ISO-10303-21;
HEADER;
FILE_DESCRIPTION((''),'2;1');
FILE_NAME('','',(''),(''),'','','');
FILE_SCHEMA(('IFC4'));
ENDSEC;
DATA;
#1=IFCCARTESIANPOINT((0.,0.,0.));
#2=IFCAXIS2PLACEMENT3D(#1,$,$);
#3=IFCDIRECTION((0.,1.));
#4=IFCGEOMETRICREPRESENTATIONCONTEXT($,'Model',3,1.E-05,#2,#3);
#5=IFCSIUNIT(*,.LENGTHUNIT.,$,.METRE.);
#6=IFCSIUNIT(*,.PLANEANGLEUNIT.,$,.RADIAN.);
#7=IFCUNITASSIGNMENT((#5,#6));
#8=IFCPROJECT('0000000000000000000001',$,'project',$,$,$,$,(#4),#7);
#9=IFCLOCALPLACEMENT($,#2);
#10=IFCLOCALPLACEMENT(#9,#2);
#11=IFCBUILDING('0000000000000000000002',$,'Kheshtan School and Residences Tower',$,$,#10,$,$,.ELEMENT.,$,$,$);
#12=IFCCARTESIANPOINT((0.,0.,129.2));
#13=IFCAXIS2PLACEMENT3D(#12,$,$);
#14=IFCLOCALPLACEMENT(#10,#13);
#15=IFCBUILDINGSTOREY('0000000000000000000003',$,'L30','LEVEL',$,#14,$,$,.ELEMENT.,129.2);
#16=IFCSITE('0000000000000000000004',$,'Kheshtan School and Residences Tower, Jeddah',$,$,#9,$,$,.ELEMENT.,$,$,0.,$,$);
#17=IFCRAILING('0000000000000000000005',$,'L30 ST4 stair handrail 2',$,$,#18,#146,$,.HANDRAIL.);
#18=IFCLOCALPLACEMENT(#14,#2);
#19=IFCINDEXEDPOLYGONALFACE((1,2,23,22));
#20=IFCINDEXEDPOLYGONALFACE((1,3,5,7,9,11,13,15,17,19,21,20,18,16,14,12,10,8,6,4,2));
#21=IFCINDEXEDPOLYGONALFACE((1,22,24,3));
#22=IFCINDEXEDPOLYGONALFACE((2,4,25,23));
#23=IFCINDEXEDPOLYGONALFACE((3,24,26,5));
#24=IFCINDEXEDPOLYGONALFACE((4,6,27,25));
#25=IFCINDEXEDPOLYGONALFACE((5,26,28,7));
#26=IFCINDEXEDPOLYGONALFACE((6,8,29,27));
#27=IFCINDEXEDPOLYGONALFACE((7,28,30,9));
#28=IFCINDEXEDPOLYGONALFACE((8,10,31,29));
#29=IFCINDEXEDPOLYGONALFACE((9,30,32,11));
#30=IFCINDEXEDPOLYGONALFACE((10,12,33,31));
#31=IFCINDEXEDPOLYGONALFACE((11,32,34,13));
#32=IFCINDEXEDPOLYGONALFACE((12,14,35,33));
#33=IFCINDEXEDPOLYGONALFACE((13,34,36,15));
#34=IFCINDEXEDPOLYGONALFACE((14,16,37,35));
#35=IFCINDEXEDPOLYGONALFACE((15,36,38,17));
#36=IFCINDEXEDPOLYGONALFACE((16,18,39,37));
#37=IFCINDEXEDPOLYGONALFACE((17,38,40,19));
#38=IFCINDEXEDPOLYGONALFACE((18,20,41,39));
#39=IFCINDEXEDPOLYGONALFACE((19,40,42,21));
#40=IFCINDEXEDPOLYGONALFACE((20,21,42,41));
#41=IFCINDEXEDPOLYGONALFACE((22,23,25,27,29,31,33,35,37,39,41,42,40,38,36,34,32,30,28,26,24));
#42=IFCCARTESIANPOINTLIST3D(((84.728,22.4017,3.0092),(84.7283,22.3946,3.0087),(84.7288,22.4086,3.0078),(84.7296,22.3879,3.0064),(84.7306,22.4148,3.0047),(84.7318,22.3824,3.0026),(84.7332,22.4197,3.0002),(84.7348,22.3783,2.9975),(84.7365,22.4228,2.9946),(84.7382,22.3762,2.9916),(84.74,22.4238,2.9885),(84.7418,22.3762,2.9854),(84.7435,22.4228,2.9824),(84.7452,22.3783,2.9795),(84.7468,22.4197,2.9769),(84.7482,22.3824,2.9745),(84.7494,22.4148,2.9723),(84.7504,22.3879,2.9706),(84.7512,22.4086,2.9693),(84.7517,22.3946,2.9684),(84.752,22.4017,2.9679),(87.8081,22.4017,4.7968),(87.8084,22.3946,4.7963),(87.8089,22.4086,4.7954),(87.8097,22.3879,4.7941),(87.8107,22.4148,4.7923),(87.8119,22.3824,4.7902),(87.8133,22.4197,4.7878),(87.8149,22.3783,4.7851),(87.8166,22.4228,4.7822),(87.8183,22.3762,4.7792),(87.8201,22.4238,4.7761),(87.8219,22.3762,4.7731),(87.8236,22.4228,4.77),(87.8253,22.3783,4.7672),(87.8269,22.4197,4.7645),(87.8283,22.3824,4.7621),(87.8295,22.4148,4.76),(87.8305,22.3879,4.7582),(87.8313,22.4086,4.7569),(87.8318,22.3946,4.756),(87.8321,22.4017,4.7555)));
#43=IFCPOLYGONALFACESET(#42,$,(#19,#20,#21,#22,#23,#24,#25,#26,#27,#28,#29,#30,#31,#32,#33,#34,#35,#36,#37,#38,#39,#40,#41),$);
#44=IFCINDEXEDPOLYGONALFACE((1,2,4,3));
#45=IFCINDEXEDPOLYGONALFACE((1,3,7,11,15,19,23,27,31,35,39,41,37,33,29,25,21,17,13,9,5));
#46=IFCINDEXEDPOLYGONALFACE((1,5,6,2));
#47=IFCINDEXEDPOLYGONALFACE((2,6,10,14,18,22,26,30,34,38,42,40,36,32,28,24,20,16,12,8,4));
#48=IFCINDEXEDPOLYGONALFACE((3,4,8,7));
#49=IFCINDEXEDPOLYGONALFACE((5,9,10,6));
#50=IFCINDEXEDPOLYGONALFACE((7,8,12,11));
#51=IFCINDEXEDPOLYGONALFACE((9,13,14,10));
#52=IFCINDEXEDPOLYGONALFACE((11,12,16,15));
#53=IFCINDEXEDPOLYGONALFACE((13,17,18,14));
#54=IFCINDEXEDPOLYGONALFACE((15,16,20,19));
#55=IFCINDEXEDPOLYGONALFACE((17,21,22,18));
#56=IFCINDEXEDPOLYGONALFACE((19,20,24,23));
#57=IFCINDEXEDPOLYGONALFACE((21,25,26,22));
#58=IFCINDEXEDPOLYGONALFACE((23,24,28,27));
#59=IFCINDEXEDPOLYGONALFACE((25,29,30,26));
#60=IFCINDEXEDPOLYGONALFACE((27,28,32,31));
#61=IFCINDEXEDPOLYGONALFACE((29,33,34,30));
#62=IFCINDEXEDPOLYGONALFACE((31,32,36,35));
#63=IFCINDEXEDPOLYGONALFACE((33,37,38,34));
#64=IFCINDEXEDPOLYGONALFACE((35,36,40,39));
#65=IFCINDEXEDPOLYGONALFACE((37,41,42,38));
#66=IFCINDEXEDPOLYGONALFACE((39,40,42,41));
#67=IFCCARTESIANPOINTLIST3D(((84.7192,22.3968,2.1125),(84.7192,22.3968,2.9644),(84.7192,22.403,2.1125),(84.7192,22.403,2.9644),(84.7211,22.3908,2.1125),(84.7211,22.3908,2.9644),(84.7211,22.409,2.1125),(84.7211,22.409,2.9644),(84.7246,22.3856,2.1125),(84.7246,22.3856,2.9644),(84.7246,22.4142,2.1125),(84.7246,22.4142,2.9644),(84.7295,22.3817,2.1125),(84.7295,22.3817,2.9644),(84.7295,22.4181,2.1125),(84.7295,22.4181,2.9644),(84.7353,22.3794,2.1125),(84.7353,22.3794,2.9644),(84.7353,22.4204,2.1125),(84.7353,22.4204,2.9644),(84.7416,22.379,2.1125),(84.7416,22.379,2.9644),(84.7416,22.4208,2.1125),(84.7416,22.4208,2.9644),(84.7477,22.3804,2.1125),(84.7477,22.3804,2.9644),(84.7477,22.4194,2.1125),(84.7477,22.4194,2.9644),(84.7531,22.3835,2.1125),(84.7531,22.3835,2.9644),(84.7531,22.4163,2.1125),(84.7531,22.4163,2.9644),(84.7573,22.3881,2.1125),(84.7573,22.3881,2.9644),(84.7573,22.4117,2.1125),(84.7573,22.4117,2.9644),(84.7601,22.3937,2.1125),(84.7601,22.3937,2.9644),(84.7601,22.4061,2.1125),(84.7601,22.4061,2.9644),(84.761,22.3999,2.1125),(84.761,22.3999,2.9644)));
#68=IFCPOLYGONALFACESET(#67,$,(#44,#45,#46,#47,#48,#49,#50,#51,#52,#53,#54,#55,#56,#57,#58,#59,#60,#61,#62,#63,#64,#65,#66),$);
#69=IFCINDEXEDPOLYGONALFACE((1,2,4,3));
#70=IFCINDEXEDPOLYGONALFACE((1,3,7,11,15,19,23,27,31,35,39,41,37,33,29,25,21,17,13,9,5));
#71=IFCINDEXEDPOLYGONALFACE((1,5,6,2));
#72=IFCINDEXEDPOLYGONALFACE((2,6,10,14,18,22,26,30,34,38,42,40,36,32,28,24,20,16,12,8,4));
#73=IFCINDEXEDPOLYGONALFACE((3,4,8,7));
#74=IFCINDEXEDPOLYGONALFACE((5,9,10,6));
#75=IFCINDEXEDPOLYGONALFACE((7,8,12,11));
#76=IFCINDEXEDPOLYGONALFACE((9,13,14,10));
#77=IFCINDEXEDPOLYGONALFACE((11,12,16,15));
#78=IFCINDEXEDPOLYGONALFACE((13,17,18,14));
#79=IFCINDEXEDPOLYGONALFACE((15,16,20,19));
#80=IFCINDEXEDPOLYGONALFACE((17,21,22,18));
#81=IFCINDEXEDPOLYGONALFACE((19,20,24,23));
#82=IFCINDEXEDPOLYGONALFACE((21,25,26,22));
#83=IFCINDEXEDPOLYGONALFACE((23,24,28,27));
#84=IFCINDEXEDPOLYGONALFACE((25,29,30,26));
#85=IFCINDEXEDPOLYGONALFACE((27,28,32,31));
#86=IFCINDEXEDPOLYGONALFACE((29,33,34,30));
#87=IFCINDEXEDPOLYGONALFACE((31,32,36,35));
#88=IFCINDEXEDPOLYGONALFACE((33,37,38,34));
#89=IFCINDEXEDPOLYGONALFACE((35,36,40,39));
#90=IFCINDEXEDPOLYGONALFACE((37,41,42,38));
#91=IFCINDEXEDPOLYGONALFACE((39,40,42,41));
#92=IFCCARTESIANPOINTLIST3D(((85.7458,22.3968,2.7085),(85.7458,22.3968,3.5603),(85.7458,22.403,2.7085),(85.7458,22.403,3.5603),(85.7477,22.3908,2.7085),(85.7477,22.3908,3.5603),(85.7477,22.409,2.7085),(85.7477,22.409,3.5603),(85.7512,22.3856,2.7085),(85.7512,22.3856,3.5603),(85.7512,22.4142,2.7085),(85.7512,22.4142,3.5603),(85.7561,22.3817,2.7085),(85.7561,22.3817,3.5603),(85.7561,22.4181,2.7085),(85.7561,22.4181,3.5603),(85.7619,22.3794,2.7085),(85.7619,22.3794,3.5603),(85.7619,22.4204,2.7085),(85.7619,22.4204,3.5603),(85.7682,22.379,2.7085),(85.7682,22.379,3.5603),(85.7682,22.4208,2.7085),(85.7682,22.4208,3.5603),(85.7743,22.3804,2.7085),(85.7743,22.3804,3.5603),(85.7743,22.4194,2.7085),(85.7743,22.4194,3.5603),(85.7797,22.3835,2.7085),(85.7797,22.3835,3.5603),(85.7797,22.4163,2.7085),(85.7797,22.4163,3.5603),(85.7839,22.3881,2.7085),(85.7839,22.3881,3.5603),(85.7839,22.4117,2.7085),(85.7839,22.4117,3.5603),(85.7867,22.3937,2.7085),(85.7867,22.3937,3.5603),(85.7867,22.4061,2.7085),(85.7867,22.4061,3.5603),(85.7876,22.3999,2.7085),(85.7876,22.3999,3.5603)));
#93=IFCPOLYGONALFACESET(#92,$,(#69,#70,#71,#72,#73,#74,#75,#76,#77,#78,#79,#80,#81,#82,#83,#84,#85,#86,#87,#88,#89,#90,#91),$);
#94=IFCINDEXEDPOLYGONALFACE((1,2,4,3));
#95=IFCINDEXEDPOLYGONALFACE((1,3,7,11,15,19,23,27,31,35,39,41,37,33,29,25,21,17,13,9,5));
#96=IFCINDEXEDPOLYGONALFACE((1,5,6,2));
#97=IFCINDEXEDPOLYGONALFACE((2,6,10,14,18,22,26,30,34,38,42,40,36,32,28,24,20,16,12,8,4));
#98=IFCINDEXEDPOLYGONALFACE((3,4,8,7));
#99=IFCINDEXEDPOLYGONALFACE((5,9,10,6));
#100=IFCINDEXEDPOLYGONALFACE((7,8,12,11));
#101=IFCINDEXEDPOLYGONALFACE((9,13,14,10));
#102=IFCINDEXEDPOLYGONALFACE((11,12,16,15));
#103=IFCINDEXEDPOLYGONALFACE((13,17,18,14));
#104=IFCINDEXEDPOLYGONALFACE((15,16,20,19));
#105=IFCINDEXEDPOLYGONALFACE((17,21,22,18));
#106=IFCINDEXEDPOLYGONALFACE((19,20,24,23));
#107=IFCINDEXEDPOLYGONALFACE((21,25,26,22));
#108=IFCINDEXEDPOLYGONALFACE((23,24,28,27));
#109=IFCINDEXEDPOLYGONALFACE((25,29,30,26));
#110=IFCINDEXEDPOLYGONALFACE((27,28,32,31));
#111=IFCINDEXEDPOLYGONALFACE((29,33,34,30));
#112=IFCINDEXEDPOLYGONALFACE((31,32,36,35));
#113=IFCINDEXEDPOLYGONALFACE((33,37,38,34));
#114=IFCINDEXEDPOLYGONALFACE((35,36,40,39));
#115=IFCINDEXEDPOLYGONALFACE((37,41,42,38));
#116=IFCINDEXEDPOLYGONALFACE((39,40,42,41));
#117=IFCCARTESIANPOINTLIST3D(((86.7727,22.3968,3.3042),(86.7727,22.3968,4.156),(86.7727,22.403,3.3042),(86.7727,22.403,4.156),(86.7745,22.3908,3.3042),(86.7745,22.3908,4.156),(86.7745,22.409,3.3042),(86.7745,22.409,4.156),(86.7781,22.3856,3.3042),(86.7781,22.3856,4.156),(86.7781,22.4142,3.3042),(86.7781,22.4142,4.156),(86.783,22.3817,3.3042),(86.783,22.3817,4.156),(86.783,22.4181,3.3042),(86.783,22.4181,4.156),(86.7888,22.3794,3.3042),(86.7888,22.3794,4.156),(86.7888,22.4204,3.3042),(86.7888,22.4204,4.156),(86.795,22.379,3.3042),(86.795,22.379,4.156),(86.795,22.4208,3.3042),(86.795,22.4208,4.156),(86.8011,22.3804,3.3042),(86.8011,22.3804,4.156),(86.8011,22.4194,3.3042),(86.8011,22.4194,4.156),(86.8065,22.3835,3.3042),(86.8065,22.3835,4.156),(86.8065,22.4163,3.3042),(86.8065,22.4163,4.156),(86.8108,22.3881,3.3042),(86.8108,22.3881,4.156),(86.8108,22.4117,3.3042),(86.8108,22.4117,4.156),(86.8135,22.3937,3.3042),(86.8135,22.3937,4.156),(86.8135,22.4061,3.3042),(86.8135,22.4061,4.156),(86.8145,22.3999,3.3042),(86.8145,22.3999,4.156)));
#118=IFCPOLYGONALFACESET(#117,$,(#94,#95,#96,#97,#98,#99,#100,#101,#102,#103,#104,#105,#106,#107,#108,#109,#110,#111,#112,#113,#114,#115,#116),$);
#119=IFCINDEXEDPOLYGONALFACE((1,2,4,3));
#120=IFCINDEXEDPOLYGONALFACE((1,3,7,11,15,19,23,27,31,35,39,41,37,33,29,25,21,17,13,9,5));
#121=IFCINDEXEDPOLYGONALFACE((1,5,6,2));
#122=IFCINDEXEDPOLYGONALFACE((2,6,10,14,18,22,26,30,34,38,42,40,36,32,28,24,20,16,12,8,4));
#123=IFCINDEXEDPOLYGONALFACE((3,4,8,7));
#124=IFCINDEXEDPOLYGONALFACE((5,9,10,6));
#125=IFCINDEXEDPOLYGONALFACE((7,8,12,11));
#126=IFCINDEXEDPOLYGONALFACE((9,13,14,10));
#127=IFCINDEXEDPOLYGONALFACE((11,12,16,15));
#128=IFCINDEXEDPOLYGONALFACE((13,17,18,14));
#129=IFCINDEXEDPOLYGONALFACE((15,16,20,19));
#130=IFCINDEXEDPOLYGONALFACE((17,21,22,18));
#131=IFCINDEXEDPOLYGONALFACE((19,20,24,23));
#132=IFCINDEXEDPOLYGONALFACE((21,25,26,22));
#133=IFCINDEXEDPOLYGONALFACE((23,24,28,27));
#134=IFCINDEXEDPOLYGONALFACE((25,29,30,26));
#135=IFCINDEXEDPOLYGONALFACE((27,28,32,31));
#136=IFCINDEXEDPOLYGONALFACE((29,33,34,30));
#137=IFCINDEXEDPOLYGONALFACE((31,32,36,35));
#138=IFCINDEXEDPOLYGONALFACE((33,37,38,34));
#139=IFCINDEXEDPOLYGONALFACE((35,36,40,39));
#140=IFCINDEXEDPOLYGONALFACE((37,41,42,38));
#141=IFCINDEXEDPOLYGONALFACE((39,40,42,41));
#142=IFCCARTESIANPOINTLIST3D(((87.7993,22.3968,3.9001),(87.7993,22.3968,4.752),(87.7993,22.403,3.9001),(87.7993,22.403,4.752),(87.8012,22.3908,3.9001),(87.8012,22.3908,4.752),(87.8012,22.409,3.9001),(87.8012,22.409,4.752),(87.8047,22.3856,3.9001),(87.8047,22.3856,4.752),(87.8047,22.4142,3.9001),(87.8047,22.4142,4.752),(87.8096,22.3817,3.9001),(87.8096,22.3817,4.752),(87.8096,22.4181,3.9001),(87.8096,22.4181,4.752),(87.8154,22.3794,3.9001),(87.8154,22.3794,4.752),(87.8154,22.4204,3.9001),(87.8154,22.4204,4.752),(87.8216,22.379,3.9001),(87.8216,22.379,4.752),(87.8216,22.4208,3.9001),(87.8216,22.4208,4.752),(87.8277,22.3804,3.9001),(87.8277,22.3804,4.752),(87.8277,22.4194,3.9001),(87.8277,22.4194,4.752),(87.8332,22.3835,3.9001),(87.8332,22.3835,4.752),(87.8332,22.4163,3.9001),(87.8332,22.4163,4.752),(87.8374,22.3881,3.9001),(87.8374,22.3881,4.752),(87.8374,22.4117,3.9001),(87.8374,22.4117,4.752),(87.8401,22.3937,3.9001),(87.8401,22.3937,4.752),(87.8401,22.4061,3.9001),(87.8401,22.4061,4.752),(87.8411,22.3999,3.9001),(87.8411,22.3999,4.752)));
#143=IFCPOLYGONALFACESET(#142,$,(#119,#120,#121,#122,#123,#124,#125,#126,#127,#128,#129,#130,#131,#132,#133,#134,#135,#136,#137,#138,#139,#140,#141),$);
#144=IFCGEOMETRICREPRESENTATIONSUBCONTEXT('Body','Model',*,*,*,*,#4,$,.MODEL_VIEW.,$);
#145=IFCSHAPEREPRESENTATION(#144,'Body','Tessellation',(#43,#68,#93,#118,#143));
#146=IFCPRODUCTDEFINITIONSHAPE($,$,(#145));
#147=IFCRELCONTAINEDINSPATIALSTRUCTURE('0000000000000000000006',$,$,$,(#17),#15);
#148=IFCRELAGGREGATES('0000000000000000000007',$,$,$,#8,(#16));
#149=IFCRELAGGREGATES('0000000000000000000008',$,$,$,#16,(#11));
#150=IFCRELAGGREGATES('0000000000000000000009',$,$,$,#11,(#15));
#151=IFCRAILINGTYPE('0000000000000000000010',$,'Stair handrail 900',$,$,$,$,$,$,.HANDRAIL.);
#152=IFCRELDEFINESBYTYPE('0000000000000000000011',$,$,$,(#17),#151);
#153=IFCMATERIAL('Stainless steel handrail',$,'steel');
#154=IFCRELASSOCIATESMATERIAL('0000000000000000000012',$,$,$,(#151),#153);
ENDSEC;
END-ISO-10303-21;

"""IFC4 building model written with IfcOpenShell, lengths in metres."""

from ifc_helpers import new_model, si_unit, direction, frame, origin, origin_2d, place, context, subcontext, project, spatial, circle, extrude, material, type_object, element, save


model = new_model("IFC4")

# Units and contexts
model_context = context("Model", 3, precision=1e-05, world=origin(), true_north=direction((0.0, 1.0)))
body_context = subcontext(model_context, "Body", "Model", "MODEL_VIEW")
ifc_project = project(units=[si_unit("LENGTHUNIT", "METRE"), si_unit("PLANEANGLEUNIT", "RADIAN")], contexts=[model_context])

# Site, building, storey
site_placement = place(None, origin())
site = spatial("IfcSite", under=ifc_project, at=site_placement, Name="Kheshtan School and Residences Tower, Jeddah", CompositionType="ELEMENT", RefElevation=0.0)
building_placement = place(site_placement, origin())
building = spatial("IfcBuilding", under=site, at=building_placement, Name="Kheshtan School and Residences Tower", CompositionType="ELEMENT")
storey_placement = place(building_placement, frame((0.0, 0.0, 129.2)))
storey = spatial("IfcBuildingStorey", under=building, at=storey_placement, Name="L30", Description="LEVEL", CompositionType="ELEMENT", Elevation=129.2)

# Railing
ifc_material_1 = material(Name="Stainless steel handrail", Category="steel")
railing_type_1 = type_object("IfcRailingType", Name="Stair handrail 900", PredefinedType="HANDRAIL", material=ifc_material_1)
railing_1_placement = place(storey_placement, frame((84.74, 22.3999, 2.1125)))
element("IfcRailing", 1, at=railing_1_placement, inside=storey, type_object=railing_type_1, Name="L30 ST4 stair handrail 2", PredefinedType="HANDRAIL", context=body_context, shape_type="SweptSolid", body=[
    extrude(circle(Radius=0.0239, at=origin_2d()), frame((0.0, 0.0, 0.876), z_axis=(0.864891, 0.0, 0.50196), x_axis=(0.0, 1.0, 0.0)), (0.0, 0.0, 1.0), 3.5613),
    extrude(circle(Radius=0.021, at=origin_2d()), origin(), (0.0, 0.0, 1.0), 0.8518),
    extrude(circle(Radius=0.021, at=origin_2d()), frame((1.0266, 0.0, 0.5959)), (0.0, 0.0, 1.0), 0.8518),
    extrude(circle(Radius=0.021, at=origin_2d()), frame((2.0535, 0.0, 1.1917)), (0.0, 0.0, 1.0), 0.8518),
    extrude(circle(Radius=0.021, at=origin_2d()), frame((3.0801, 0.0, 1.7876)), (0.0, 0.0, 1.0), 0.8518),
])

save(model, "model.ifc")
